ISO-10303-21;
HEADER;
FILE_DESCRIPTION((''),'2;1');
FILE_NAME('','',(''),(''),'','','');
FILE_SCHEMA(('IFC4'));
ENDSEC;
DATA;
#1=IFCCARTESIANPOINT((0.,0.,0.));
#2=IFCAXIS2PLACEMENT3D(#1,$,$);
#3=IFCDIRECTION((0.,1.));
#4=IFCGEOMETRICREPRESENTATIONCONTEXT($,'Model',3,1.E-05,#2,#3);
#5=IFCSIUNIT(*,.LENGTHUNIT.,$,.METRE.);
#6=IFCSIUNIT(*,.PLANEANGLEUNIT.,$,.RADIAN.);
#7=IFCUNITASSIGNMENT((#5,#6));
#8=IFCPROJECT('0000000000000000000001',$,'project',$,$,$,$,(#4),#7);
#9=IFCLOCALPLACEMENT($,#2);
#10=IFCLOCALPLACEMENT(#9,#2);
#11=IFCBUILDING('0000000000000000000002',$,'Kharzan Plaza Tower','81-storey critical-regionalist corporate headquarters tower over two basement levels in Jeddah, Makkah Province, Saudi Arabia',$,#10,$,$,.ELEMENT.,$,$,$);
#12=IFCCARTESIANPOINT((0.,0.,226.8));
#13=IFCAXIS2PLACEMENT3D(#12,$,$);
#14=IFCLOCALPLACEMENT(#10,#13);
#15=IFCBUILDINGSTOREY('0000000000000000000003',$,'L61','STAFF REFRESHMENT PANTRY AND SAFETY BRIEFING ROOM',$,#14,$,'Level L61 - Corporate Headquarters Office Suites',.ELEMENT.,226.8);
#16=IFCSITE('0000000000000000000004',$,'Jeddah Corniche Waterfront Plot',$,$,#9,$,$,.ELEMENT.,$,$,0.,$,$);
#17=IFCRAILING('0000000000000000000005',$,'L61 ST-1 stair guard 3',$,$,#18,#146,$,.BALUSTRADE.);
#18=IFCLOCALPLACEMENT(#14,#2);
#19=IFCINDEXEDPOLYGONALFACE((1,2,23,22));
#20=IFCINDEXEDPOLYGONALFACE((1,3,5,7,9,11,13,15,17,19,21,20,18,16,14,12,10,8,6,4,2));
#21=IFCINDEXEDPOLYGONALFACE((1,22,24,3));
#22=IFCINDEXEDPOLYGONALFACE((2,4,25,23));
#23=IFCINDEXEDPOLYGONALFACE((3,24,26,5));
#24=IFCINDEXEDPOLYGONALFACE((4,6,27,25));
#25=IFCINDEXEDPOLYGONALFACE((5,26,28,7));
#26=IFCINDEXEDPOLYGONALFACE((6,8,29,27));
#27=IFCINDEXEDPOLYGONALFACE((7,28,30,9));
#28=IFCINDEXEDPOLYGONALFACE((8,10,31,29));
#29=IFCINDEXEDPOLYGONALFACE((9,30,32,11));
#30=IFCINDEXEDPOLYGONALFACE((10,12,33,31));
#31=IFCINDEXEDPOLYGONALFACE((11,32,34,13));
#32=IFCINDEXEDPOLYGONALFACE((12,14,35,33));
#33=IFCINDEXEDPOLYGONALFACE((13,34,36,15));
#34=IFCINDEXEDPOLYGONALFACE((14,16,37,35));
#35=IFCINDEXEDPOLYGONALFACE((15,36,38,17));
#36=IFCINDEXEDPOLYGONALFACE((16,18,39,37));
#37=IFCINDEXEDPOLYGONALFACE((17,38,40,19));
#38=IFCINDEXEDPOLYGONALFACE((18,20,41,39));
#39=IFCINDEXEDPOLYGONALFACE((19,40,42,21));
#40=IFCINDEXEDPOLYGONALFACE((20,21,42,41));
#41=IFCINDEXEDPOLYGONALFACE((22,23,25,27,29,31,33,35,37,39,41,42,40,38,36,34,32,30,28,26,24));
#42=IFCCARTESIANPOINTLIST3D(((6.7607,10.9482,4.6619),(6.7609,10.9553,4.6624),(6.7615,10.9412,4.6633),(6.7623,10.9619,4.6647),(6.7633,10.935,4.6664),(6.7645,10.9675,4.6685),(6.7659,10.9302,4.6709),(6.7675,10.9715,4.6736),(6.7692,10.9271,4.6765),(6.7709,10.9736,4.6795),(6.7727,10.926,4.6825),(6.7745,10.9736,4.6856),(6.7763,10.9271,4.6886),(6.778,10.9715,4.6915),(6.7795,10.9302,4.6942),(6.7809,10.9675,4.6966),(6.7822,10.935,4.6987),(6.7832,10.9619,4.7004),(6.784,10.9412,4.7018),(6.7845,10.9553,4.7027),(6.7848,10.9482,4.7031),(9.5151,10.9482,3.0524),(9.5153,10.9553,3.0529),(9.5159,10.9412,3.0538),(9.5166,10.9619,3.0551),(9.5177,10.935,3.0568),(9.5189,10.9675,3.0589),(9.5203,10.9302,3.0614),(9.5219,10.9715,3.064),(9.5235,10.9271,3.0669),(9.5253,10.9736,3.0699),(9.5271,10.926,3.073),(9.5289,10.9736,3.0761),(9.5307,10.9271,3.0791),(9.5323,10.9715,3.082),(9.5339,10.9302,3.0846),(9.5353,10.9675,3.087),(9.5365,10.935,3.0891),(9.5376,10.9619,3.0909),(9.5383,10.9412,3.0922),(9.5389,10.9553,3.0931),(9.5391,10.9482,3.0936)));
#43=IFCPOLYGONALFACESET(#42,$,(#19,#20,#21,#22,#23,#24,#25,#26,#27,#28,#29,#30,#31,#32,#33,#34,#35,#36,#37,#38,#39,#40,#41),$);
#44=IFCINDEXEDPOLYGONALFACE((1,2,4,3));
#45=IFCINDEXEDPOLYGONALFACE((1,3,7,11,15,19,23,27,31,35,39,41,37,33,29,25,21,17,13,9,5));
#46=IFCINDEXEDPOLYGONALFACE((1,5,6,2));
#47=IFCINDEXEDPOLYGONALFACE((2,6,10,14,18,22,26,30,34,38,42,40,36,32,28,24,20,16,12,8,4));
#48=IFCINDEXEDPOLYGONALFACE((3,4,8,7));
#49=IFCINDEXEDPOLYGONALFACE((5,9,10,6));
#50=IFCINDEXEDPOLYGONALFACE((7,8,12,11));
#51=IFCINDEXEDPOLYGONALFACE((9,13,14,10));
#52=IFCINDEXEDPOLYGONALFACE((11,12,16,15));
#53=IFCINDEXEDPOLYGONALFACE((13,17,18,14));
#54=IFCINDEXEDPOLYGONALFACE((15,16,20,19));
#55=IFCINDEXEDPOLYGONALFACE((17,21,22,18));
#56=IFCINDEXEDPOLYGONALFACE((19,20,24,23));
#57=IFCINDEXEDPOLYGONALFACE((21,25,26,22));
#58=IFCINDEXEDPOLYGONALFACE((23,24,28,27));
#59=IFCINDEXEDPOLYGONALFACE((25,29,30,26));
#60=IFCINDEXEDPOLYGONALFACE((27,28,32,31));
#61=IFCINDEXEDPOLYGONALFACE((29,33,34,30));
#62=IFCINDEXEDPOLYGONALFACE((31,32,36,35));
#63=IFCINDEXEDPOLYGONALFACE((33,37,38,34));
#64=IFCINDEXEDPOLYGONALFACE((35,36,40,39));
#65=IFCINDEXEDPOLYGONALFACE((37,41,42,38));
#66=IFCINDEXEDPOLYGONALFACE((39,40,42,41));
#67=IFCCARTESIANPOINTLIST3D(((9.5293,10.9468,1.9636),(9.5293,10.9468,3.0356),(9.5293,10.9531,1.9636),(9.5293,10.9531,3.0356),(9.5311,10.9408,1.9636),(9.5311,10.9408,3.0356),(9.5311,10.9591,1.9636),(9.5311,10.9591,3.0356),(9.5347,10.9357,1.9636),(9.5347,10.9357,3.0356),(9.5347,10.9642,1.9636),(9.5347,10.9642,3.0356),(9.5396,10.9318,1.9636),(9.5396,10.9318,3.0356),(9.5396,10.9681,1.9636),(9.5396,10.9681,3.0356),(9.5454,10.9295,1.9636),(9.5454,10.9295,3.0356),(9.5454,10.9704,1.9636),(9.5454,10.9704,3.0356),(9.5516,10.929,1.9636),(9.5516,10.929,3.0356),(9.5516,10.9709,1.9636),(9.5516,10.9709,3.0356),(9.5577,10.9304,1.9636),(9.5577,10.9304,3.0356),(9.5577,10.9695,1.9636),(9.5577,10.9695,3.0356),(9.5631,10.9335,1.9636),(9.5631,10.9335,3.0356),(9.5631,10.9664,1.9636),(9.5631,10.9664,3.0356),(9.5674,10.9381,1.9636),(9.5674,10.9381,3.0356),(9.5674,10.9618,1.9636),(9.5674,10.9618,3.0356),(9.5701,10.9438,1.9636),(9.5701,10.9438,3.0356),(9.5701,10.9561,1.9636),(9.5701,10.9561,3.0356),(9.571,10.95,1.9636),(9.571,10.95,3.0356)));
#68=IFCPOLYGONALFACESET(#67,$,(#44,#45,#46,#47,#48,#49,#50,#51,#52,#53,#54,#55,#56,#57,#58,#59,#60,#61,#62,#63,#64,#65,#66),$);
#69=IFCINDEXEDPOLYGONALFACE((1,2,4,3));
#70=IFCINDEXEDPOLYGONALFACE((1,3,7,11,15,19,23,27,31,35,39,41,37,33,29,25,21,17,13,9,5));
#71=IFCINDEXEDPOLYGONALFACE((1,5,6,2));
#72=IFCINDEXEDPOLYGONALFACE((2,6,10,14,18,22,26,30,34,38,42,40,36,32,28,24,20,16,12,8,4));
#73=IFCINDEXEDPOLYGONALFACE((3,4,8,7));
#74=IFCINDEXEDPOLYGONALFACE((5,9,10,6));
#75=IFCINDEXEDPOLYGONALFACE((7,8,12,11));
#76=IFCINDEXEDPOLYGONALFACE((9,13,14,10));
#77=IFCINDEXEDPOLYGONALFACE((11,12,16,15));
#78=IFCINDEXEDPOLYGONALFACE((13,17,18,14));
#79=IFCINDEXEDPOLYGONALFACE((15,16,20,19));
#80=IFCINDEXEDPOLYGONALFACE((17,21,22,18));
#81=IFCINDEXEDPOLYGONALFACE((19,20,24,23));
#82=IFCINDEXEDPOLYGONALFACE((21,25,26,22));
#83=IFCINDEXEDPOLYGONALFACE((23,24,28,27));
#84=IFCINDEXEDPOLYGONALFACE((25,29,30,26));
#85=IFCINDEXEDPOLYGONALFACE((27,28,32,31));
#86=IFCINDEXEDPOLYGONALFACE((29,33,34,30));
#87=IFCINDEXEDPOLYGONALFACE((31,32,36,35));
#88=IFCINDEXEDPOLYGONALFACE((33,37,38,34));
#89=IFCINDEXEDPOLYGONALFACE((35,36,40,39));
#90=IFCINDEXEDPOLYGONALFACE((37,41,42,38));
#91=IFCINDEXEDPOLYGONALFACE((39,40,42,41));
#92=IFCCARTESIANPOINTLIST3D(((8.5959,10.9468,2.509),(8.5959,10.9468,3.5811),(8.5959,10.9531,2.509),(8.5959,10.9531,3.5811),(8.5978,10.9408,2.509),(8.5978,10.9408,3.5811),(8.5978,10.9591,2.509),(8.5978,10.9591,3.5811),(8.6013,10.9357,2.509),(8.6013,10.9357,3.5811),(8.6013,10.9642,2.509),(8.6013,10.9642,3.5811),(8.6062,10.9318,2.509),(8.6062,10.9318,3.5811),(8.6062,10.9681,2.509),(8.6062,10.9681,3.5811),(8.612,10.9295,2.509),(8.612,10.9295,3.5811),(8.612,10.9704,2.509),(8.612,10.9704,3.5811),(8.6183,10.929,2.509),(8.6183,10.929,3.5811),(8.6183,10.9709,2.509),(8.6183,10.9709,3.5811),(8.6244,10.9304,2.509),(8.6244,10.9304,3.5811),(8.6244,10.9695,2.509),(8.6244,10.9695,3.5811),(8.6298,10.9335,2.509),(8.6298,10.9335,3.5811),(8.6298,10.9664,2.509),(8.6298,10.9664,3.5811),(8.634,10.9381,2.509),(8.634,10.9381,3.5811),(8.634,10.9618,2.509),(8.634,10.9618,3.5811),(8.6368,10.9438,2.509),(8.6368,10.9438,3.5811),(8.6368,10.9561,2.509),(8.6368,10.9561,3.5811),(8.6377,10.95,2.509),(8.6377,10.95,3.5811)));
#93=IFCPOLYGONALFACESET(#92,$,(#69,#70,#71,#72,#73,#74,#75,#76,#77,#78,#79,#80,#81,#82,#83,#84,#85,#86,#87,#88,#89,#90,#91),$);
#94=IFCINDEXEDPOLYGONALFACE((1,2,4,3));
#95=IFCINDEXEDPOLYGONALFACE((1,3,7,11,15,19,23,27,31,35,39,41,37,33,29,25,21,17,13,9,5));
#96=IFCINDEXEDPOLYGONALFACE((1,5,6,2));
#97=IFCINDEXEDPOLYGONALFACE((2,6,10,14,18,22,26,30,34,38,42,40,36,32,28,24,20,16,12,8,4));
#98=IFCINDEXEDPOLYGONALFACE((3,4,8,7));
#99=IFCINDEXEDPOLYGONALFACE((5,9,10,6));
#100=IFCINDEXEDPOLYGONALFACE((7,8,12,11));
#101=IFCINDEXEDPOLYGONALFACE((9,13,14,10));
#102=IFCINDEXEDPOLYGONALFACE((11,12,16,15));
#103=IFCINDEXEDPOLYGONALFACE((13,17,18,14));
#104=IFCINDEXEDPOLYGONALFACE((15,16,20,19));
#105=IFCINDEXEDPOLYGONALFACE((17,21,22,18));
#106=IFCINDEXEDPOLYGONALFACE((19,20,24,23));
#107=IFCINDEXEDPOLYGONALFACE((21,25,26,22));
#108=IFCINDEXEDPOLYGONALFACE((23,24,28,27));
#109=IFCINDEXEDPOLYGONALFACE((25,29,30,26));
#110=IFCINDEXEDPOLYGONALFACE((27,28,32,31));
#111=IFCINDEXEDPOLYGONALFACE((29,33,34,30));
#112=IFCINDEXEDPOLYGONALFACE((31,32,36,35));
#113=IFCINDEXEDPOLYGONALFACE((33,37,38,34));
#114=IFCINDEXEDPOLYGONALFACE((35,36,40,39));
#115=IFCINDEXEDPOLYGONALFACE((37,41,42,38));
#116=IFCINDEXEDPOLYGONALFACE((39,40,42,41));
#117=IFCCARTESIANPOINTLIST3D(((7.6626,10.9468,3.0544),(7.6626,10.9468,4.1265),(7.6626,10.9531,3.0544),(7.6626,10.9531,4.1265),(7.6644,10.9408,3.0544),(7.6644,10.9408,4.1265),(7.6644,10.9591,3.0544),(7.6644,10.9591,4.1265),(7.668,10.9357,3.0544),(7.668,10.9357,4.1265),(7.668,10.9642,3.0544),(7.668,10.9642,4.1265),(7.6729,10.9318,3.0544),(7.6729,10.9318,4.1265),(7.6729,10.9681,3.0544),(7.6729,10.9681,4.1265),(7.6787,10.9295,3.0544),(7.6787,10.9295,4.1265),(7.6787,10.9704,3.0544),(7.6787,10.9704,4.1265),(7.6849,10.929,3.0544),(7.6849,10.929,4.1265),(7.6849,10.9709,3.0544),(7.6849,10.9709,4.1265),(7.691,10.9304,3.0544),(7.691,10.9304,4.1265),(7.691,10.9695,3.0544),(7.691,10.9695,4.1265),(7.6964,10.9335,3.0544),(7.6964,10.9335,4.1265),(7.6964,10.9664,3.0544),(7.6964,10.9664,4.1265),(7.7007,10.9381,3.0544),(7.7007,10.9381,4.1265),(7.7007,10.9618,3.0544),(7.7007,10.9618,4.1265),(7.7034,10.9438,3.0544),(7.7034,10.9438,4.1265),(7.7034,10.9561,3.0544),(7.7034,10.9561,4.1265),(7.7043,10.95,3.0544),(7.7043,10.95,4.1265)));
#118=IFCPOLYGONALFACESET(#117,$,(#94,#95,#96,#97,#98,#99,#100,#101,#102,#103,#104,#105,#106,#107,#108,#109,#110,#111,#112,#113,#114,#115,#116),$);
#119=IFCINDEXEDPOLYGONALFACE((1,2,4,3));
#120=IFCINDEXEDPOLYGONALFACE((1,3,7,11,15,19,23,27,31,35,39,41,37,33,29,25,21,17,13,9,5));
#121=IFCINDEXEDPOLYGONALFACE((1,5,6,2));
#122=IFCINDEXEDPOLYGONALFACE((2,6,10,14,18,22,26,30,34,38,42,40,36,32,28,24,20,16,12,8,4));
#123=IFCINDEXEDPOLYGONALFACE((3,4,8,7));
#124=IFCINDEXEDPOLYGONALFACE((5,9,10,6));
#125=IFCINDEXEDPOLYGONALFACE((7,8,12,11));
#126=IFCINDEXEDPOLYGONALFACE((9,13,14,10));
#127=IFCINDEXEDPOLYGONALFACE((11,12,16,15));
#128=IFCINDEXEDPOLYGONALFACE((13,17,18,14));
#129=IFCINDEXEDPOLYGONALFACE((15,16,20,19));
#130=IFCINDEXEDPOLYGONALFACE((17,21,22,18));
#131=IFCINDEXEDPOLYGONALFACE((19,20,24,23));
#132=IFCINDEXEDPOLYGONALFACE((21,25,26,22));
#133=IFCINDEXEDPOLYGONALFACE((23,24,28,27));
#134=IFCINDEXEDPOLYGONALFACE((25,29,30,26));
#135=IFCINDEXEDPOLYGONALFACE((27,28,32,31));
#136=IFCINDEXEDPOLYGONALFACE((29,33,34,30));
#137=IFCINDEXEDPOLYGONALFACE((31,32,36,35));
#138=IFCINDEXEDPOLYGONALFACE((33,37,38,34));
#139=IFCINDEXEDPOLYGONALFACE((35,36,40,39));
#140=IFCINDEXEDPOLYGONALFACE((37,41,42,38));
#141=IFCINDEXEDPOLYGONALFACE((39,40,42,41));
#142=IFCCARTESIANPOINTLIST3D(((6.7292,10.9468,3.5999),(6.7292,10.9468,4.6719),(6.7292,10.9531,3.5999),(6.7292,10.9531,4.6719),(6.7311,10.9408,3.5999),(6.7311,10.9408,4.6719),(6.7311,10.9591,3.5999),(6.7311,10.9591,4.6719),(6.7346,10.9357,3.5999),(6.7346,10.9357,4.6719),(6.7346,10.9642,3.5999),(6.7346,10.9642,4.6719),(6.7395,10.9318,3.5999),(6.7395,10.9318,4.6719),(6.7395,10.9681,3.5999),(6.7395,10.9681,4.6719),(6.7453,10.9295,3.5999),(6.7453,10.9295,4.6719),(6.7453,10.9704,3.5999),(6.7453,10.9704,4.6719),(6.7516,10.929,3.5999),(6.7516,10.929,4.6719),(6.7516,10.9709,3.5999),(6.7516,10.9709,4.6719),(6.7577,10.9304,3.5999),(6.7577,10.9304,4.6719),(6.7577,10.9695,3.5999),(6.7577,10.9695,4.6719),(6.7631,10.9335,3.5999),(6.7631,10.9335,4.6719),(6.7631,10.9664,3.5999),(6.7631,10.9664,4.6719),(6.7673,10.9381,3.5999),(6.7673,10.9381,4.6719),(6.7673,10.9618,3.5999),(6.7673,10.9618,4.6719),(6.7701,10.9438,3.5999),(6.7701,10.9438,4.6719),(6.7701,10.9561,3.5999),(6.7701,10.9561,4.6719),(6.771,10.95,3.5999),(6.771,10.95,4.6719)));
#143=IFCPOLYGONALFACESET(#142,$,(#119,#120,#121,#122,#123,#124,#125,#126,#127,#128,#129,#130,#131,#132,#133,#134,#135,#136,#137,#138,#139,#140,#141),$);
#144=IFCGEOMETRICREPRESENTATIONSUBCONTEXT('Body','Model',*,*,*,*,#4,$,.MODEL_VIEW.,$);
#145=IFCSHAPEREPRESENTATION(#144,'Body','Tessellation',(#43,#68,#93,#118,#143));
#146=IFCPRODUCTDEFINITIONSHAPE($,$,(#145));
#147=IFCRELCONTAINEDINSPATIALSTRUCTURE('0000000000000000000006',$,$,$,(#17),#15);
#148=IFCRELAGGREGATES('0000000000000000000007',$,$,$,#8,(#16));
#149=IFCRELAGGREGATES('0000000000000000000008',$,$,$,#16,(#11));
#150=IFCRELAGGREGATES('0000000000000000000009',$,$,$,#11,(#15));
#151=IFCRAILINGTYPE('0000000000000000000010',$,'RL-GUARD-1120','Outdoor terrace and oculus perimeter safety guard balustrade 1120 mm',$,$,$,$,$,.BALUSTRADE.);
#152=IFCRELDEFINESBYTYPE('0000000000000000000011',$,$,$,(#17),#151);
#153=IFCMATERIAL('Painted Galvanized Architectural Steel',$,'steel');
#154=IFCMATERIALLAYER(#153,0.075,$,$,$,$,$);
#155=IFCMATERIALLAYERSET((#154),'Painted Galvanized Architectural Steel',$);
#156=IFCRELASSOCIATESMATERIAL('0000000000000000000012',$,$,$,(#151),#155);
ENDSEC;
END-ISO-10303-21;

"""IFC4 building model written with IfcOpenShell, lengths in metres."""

from ifc_helpers import new_model, si_unit, direction, frame, origin, origin_2d, place, context, subcontext, project, spatial, circle, extrude, source, transform, mapped, material, layer, layer_set, type_object, element, save


model = new_model("IFC4")

# Units and contexts
model_context = context("Model", 3, precision=1e-05, world=origin(), true_north=direction((0.0, 1.0)))
body_context = subcontext(model_context, "Body", "Model", "MODEL_VIEW")
ifc_project = project(units=[si_unit("LENGTHUNIT", "METRE"), si_unit("PLANEANGLEUNIT", "RADIAN")], contexts=[model_context])

# Site, building, storey
site_placement = place(None, origin())
site = spatial("IfcSite", under=ifc_project, at=site_placement, Name="Jeddah Corniche Waterfront Plot", CompositionType="ELEMENT", RefElevation=0.0)
building_placement = place(site_placement, origin())
building = spatial("IfcBuilding", under=site, at=building_placement, Name="Kharzan Plaza Tower", Description="81-storey critical-regionalist corporate headquarters tower over two basement levels in Jeddah, Makkah Province, Saudi Arabia", CompositionType="ELEMENT")
storey_placement = place(building_placement, frame((0.0, 0.0, 226.8)))
storey = spatial("IfcBuildingStorey", under=building, at=storey_placement, Name="L61", Description="STAFF REFRESHMENT PANTRY AND SAFETY BRIEFING ROOM", LongName="Level L61 - Corporate Headquarters Office Suites", CompositionType="ELEMENT", Elevation=226.8)

# Railing
ifc_material_1 = material(Name="Painted Galvanized Architectural Steel", Category="steel")
ifc_layer_1 = layer(ifc_material_1, 0.075)
ifc_layer_set_1 = layer_set([ifc_layer_1], Name="Painted Galvanized Architectural Steel")
railing_type_1 = type_object("IfcRailingType", Name="RL-GUARD-1120", Description="Outdoor terrace and oculus perimeter safety guard balustrade 1120 mm", PredefinedType="BALUSTRADE", material=ifc_layer_set_1)
shared_shape_1 = source(origin(), body_context, "Body", "SweptSolid", [
    extrude(circle(Radius=0.0239, at=origin_2d()), frame((-0.0229, 0.0, 1.1094), z_axis=(-0.863394, 0.0, 0.504531), x_axis=(0.0, -1.0, 0.0)), (0.0, 0.0, 1.0), 3.1902),
    extrude(circle(Radius=0.021, at=origin_2d()), origin(), (0.0, 0.0, 1.0), 1.072),
    extrude(circle(Radius=0.021, at=origin_2d()), frame((-0.9333, 0.0, 0.5454)), (0.0, 0.0, 1.0), 1.072),
    extrude(circle(Radius=0.021, at=origin_2d()), frame((-1.8667, 0.0, 1.0908)), (0.0, 0.0, 1.0), 1.072),
    extrude(circle(Radius=0.021, at=origin_2d()), frame((-2.8, 0.0, 1.6362)), (0.0, 0.0, 1.0), 1.072),
])
railing_1_placement = place(storey_placement, frame((9.55, 10.95, 1.9636)))
element("IfcRailing", 1, at=railing_1_placement, inside=storey, type_object=railing_type_1, Name="L61 ST-1 stair guard 3", PredefinedType="BALUSTRADE", context=body_context, shape_type="MappedRepresentation", body=[
    mapped(shared_shape_1, transform((0.0, 0.0, 0.0), x_axis=(1.0, 0.0, 0.0), y_axis=(0.0, 1.0, 0.0), z_axis=(0.0, 0.0, 1.0))),
])

save(model, "model.ifc")
